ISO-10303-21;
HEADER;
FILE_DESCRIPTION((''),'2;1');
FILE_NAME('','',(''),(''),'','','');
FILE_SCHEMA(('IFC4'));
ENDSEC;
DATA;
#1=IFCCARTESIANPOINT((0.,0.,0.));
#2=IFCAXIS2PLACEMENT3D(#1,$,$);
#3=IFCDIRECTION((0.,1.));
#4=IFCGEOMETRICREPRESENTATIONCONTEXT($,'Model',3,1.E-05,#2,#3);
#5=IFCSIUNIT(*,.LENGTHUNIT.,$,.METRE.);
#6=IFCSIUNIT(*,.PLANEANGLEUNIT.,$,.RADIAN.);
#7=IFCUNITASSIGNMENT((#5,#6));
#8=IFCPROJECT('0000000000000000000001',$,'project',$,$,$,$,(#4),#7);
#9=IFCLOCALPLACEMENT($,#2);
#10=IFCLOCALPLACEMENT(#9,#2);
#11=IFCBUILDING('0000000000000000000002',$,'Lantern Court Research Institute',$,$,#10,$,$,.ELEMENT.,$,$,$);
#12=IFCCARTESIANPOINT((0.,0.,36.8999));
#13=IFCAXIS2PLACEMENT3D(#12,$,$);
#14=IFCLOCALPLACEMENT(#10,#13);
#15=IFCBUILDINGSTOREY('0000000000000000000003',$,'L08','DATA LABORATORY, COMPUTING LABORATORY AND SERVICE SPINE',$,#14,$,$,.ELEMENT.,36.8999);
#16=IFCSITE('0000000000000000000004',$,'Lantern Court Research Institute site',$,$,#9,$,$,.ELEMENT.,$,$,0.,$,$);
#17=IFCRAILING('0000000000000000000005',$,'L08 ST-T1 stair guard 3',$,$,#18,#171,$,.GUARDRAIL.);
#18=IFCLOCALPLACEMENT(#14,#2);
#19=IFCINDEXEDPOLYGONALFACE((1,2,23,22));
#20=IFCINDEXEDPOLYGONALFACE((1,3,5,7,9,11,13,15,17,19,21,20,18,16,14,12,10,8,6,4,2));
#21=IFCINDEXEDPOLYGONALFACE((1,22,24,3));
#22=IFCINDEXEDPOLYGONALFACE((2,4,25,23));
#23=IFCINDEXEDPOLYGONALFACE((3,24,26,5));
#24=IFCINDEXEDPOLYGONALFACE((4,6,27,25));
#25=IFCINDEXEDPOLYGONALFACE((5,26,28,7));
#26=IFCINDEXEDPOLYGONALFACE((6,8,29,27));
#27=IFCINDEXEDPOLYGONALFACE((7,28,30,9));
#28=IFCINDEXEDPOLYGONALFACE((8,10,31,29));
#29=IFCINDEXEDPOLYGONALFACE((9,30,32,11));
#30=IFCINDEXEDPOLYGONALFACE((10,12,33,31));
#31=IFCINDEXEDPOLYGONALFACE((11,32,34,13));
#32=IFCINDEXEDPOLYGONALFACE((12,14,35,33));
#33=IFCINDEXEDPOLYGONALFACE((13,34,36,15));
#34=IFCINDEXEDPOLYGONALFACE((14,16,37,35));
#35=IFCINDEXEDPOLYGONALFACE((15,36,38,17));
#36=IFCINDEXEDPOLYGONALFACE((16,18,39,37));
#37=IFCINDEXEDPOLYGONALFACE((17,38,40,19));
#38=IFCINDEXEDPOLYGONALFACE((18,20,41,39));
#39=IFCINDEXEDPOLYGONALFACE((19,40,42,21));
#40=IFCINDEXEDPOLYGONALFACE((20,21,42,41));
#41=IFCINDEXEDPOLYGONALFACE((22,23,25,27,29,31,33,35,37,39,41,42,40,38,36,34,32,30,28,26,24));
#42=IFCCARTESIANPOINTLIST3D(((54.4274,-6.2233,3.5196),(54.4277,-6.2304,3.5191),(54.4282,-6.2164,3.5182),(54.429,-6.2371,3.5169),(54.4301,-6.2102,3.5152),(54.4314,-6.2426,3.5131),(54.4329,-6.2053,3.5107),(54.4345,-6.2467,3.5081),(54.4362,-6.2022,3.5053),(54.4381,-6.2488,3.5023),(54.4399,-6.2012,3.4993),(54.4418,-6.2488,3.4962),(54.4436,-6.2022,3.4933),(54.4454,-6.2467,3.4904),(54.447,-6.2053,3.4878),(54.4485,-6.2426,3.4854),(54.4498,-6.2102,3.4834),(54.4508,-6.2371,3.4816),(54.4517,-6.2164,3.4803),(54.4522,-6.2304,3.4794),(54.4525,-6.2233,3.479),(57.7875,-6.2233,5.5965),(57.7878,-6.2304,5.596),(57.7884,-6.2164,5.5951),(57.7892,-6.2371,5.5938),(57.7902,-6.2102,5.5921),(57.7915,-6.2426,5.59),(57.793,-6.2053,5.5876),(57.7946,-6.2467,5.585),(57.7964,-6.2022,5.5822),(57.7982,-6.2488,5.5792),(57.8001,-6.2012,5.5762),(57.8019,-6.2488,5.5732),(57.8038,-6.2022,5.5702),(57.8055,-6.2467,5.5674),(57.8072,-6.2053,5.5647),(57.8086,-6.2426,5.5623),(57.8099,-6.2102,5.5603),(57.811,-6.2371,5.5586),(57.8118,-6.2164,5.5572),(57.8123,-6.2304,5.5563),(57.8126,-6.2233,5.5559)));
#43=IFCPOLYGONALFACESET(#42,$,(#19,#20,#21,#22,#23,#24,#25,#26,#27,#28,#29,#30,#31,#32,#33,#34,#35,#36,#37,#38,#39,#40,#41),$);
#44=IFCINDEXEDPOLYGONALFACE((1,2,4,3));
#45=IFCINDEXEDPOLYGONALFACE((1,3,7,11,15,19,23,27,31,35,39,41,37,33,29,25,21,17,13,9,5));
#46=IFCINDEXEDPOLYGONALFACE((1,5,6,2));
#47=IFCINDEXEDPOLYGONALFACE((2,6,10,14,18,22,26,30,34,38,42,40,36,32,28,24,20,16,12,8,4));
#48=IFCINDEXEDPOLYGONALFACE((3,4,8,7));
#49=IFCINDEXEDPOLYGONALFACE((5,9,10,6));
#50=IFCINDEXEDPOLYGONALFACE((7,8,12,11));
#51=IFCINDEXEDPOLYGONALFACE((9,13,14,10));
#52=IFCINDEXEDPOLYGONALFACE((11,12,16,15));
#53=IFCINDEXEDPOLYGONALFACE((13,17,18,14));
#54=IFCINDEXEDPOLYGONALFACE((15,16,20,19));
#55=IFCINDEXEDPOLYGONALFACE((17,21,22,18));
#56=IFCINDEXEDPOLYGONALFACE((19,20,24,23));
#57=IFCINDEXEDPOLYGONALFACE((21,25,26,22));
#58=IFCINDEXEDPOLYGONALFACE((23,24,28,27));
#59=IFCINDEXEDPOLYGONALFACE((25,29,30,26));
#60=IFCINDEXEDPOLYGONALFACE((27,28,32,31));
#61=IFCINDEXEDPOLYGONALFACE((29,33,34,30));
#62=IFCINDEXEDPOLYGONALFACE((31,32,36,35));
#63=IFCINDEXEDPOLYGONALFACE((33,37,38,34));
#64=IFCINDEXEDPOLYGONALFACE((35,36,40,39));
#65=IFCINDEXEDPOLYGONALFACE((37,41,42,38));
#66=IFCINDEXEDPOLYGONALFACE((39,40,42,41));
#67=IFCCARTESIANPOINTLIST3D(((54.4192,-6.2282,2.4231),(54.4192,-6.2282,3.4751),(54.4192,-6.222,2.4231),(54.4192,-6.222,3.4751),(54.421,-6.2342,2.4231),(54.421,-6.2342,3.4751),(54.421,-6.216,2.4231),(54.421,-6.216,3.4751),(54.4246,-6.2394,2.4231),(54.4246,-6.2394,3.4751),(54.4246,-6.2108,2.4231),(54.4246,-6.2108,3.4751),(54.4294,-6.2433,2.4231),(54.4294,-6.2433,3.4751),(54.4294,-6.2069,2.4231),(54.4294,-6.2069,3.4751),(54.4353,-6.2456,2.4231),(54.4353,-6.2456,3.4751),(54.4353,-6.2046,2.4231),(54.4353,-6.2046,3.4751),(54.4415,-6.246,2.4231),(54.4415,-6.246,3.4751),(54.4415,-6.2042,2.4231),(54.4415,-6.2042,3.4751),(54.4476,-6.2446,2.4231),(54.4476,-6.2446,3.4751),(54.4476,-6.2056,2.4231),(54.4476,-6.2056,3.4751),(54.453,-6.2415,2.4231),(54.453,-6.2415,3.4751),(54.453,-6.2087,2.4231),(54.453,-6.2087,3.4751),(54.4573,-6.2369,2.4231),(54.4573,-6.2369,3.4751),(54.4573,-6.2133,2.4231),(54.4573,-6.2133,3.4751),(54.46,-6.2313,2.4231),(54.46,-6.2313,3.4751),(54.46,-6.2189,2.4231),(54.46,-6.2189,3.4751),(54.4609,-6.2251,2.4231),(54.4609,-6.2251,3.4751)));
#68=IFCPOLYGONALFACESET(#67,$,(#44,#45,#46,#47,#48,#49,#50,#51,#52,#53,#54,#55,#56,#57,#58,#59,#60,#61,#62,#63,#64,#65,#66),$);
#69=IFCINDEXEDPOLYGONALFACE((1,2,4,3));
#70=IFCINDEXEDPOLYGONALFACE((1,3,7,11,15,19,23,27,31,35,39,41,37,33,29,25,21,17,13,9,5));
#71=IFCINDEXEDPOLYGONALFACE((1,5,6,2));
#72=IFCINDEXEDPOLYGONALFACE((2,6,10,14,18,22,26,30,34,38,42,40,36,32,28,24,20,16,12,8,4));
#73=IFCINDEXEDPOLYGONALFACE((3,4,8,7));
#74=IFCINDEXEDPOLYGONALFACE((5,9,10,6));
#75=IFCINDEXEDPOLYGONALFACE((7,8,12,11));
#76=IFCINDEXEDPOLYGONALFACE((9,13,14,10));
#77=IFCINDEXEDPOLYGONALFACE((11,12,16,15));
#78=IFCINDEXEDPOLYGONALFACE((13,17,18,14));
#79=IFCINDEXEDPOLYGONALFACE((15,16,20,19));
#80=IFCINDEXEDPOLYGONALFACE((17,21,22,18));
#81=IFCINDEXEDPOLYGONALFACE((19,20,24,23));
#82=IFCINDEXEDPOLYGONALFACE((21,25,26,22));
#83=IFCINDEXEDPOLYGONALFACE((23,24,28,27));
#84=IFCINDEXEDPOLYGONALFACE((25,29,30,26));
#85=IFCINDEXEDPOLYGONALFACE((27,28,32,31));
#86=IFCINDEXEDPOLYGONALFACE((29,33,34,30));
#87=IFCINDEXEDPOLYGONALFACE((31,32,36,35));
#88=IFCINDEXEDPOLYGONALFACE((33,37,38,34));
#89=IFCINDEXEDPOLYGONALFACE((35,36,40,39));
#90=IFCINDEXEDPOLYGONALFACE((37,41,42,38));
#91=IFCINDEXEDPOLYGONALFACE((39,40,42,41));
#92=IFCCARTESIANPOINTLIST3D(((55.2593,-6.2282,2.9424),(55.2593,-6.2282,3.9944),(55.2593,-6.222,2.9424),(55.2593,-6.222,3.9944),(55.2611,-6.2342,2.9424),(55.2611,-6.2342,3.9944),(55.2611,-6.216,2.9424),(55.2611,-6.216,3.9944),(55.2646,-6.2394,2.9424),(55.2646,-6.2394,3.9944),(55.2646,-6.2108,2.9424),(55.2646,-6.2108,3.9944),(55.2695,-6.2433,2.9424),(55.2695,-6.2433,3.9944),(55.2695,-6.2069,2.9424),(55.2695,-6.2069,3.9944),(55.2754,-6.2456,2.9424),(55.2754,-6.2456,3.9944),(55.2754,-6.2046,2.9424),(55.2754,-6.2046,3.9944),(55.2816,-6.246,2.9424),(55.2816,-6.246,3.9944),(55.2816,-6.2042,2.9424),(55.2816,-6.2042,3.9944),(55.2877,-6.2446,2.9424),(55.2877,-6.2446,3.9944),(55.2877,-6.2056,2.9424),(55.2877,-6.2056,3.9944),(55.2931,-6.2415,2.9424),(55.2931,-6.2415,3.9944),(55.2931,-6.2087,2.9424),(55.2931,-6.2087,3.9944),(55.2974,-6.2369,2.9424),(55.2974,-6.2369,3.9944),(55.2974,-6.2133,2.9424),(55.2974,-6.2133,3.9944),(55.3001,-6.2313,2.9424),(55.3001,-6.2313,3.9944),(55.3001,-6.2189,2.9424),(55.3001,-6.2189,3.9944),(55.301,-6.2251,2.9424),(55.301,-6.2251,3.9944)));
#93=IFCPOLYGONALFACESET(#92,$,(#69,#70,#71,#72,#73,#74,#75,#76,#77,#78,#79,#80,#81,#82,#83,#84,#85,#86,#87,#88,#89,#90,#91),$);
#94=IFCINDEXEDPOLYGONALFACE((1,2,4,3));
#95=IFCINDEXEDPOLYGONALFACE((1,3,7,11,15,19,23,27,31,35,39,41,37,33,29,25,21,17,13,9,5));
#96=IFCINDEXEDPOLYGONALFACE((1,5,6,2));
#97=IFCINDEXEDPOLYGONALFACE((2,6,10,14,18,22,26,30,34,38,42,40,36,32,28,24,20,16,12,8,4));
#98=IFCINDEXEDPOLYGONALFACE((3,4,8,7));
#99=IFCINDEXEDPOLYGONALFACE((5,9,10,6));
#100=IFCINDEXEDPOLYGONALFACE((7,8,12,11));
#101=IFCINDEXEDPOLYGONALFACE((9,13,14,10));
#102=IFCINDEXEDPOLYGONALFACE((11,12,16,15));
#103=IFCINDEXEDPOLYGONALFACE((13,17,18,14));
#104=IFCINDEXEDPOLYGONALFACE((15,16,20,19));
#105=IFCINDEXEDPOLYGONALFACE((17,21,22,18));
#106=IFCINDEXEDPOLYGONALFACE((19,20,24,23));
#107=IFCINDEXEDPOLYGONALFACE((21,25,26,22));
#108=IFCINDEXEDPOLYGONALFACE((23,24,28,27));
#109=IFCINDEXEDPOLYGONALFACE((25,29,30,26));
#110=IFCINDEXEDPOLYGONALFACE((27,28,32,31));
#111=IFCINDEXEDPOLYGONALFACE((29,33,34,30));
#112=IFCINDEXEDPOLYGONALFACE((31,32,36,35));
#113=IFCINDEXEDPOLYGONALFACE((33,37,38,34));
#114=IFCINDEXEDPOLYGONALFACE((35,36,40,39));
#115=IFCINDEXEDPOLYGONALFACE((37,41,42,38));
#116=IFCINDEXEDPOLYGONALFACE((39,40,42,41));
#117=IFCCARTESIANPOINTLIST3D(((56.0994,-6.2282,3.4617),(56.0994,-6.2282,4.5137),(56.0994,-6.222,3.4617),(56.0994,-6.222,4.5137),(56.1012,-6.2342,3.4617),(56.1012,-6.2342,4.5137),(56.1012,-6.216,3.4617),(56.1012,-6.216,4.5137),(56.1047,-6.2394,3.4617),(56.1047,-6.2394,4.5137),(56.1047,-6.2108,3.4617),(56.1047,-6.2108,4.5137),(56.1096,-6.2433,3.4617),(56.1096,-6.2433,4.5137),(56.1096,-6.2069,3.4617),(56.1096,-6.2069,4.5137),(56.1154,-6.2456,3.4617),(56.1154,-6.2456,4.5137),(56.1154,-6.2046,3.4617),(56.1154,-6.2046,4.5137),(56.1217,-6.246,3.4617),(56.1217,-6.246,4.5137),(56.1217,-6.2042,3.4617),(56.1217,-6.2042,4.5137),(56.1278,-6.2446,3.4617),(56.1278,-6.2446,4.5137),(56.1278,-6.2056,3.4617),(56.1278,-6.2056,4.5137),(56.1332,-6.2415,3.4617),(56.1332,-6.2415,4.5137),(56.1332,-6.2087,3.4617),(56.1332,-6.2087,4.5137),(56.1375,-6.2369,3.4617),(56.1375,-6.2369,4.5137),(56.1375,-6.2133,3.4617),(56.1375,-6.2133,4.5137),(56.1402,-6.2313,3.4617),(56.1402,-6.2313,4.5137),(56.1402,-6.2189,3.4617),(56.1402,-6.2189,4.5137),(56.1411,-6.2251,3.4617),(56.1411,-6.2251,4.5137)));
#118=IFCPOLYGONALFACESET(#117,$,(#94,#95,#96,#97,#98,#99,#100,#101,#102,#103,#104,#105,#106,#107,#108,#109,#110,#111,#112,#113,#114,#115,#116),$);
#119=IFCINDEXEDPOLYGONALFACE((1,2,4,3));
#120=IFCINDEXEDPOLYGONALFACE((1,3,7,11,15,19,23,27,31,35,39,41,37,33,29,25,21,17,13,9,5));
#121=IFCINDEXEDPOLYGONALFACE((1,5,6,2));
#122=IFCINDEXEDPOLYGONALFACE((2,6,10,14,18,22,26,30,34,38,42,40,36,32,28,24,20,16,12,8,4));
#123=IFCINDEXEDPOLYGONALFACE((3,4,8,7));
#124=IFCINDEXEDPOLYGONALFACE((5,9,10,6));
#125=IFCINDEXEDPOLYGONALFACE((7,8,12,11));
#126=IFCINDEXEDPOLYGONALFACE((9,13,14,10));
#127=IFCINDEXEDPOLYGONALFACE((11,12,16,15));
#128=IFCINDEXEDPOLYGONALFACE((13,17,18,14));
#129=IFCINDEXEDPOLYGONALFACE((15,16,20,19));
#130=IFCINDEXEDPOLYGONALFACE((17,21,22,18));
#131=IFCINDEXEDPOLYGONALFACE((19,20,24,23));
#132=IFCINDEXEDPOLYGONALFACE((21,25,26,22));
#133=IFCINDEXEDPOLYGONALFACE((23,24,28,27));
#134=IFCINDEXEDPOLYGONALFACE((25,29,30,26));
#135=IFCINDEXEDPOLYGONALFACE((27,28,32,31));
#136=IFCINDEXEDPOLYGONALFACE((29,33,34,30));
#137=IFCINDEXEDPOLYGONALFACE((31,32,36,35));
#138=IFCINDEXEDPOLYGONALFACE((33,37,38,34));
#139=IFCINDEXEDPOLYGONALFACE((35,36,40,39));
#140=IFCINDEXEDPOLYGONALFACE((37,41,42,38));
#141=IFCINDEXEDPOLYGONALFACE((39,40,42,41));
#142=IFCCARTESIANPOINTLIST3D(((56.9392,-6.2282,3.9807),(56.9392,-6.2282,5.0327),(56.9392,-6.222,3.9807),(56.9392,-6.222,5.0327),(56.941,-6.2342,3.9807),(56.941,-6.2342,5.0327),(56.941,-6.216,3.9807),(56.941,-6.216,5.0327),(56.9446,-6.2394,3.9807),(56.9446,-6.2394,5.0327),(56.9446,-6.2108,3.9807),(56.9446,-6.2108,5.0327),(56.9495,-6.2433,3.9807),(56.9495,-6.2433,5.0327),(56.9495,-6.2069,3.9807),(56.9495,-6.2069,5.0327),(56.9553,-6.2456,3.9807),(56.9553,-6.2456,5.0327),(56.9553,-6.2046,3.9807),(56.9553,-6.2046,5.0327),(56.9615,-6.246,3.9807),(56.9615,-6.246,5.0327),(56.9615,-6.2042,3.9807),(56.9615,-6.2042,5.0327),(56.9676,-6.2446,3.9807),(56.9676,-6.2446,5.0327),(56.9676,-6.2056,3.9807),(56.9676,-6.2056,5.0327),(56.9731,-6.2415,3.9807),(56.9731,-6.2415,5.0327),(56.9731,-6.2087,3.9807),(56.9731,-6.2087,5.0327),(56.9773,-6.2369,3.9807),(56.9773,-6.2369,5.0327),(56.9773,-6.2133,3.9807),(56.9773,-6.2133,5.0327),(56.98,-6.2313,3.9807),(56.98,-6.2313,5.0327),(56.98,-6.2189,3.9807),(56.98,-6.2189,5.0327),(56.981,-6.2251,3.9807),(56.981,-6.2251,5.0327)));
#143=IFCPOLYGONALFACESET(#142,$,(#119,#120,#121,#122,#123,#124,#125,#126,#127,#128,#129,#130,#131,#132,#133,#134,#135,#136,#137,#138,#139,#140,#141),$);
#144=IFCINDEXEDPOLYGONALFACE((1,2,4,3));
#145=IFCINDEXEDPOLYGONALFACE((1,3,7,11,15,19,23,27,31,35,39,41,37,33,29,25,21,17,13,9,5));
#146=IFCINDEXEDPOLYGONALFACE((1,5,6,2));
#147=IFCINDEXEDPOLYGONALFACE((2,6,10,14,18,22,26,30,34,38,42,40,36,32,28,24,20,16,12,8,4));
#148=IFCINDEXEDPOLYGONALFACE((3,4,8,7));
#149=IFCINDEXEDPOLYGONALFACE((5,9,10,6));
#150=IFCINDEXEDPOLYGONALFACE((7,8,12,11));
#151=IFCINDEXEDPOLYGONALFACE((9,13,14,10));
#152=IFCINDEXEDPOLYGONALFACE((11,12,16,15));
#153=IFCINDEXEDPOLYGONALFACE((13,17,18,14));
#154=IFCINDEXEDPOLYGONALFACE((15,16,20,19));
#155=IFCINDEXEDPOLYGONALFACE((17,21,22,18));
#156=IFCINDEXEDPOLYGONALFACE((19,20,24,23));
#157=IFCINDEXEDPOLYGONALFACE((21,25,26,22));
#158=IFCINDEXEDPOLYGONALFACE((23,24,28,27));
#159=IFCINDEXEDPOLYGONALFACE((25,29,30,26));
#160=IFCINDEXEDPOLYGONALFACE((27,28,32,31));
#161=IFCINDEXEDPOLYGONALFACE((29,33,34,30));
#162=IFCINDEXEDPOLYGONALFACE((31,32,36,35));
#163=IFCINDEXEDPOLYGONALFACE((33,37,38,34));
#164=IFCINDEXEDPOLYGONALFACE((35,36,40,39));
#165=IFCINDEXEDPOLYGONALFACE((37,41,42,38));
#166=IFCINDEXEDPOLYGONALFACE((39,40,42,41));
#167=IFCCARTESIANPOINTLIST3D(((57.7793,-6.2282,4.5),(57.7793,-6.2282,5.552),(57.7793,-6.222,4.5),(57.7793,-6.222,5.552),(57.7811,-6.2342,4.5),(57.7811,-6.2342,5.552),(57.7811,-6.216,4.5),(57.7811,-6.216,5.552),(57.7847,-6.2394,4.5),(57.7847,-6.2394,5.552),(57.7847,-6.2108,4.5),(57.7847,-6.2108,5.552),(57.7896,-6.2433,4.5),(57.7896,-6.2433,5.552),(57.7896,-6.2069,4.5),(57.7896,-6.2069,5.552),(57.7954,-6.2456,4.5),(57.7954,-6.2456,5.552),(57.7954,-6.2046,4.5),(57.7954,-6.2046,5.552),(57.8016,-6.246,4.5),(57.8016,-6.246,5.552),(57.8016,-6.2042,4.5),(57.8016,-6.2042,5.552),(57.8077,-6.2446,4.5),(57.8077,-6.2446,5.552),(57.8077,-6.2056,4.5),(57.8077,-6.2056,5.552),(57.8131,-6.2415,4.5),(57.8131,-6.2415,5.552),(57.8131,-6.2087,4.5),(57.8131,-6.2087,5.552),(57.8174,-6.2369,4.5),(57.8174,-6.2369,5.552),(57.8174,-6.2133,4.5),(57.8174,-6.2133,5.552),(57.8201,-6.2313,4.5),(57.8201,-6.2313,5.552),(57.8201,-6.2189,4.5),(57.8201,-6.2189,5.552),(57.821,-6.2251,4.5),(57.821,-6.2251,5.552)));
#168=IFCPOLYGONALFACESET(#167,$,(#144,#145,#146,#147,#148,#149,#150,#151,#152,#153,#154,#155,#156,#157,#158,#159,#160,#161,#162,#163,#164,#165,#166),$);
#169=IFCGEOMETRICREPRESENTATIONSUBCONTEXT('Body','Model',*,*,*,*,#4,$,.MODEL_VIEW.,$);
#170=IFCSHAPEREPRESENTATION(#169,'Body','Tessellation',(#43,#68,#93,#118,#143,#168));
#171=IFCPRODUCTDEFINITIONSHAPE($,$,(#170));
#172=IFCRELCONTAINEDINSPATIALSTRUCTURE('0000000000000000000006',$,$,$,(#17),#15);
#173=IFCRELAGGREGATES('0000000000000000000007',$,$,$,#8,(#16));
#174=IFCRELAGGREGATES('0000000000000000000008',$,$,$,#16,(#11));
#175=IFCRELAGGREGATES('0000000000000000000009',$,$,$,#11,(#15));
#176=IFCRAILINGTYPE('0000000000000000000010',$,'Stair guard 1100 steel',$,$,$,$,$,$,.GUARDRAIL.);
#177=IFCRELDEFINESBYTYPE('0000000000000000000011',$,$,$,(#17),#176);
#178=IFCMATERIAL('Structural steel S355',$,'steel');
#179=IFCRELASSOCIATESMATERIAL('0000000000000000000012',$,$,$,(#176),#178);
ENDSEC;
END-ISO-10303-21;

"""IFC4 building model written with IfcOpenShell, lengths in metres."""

from ifc_helpers import new_model, si_unit, direction, frame, origin, origin_2d, place, context, subcontext, project, spatial, circle, extrude, material, type_object, element, save


model = new_model("IFC4")

# Units and contexts
model_context = context("Model", 3, precision=1e-05, world=origin(), true_north=direction((0.0, 1.0)))
body_context = subcontext(model_context, "Body", "Model", "MODEL_VIEW")
ifc_project = project(units=[si_unit("LENGTHUNIT", "METRE"), si_unit("PLANEANGLEUNIT", "RADIAN")], contexts=[model_context])

# Site, building, storey
site_placement = place(None, origin())
site = spatial("IfcSite", under=ifc_project, at=site_placement, Name="Lantern Court Research Institute site", CompositionType="ELEMENT", RefElevation=0.0)
building_placement = place(site_placement, origin())
building = spatial("IfcBuilding", under=site, at=building_placement, Name="Lantern Court Research Institute", CompositionType="ELEMENT")
storey_placement = place(building_placement, frame((0.0, 0.0, 36.8999)))
storey = spatial("IfcBuildingStorey", under=building, at=storey_placement, Name="L08", Description="DATA LABORATORY, COMPUTING LABORATORY AND SERVICE SPINE", CompositionType="ELEMENT", Elevation=36.8999)

# Railing
ifc_material_1 = material(Name="Structural steel S355", Category="steel")
railing_type_1 = type_object("IfcRailingType", Name="Stair guard 1100 steel", PredefinedType="GUARDRAIL", material=ifc_material_1)
railing_1_placement = place(storey_placement, frame((54.4399, -6.2251, 2.4231)))
element("IfcRailing", 1, at=railing_1_placement, inside=storey, type_object=railing_type_1, Name="L08 ST-T1 stair guard 3", PredefinedType="GUARDRAIL", context=body_context, shape_type="SweptSolid", body=[
    extrude(circle(Radius=0.0239, at=origin_2d()), frame((0.0, 0.0, 1.0762), z_axis=(0.850623, 0.0, 0.525776), x_axis=(0.0, 1.0, 0.0)), (0.0, 0.0, 1.0), 3.9502),
    extrude(circle(Radius=0.021, at=origin_2d()), origin(), (0.0, 0.0, 1.0), 1.052),
    extrude(circle(Radius=0.021, at=origin_2d()), frame((0.8401, 0.0, 0.5193)), (0.0, 0.0, 1.0), 1.052),
    extrude(circle(Radius=0.021, at=origin_2d()), frame((1.6802, 0.0, 1.0386)), (0.0, 0.0, 1.0), 1.052),
    extrude(circle(Radius=0.021, at=origin_2d()), frame((2.52, 0.0, 1.5576)), (0.0, 0.0, 1.0), 1.052),
    extrude(circle(Radius=0.021, at=origin_2d()), frame((3.3601, 0.0, 2.0769)), (0.0, 0.0, 1.0), 1.052),
])

save(model, "model.ifc")
